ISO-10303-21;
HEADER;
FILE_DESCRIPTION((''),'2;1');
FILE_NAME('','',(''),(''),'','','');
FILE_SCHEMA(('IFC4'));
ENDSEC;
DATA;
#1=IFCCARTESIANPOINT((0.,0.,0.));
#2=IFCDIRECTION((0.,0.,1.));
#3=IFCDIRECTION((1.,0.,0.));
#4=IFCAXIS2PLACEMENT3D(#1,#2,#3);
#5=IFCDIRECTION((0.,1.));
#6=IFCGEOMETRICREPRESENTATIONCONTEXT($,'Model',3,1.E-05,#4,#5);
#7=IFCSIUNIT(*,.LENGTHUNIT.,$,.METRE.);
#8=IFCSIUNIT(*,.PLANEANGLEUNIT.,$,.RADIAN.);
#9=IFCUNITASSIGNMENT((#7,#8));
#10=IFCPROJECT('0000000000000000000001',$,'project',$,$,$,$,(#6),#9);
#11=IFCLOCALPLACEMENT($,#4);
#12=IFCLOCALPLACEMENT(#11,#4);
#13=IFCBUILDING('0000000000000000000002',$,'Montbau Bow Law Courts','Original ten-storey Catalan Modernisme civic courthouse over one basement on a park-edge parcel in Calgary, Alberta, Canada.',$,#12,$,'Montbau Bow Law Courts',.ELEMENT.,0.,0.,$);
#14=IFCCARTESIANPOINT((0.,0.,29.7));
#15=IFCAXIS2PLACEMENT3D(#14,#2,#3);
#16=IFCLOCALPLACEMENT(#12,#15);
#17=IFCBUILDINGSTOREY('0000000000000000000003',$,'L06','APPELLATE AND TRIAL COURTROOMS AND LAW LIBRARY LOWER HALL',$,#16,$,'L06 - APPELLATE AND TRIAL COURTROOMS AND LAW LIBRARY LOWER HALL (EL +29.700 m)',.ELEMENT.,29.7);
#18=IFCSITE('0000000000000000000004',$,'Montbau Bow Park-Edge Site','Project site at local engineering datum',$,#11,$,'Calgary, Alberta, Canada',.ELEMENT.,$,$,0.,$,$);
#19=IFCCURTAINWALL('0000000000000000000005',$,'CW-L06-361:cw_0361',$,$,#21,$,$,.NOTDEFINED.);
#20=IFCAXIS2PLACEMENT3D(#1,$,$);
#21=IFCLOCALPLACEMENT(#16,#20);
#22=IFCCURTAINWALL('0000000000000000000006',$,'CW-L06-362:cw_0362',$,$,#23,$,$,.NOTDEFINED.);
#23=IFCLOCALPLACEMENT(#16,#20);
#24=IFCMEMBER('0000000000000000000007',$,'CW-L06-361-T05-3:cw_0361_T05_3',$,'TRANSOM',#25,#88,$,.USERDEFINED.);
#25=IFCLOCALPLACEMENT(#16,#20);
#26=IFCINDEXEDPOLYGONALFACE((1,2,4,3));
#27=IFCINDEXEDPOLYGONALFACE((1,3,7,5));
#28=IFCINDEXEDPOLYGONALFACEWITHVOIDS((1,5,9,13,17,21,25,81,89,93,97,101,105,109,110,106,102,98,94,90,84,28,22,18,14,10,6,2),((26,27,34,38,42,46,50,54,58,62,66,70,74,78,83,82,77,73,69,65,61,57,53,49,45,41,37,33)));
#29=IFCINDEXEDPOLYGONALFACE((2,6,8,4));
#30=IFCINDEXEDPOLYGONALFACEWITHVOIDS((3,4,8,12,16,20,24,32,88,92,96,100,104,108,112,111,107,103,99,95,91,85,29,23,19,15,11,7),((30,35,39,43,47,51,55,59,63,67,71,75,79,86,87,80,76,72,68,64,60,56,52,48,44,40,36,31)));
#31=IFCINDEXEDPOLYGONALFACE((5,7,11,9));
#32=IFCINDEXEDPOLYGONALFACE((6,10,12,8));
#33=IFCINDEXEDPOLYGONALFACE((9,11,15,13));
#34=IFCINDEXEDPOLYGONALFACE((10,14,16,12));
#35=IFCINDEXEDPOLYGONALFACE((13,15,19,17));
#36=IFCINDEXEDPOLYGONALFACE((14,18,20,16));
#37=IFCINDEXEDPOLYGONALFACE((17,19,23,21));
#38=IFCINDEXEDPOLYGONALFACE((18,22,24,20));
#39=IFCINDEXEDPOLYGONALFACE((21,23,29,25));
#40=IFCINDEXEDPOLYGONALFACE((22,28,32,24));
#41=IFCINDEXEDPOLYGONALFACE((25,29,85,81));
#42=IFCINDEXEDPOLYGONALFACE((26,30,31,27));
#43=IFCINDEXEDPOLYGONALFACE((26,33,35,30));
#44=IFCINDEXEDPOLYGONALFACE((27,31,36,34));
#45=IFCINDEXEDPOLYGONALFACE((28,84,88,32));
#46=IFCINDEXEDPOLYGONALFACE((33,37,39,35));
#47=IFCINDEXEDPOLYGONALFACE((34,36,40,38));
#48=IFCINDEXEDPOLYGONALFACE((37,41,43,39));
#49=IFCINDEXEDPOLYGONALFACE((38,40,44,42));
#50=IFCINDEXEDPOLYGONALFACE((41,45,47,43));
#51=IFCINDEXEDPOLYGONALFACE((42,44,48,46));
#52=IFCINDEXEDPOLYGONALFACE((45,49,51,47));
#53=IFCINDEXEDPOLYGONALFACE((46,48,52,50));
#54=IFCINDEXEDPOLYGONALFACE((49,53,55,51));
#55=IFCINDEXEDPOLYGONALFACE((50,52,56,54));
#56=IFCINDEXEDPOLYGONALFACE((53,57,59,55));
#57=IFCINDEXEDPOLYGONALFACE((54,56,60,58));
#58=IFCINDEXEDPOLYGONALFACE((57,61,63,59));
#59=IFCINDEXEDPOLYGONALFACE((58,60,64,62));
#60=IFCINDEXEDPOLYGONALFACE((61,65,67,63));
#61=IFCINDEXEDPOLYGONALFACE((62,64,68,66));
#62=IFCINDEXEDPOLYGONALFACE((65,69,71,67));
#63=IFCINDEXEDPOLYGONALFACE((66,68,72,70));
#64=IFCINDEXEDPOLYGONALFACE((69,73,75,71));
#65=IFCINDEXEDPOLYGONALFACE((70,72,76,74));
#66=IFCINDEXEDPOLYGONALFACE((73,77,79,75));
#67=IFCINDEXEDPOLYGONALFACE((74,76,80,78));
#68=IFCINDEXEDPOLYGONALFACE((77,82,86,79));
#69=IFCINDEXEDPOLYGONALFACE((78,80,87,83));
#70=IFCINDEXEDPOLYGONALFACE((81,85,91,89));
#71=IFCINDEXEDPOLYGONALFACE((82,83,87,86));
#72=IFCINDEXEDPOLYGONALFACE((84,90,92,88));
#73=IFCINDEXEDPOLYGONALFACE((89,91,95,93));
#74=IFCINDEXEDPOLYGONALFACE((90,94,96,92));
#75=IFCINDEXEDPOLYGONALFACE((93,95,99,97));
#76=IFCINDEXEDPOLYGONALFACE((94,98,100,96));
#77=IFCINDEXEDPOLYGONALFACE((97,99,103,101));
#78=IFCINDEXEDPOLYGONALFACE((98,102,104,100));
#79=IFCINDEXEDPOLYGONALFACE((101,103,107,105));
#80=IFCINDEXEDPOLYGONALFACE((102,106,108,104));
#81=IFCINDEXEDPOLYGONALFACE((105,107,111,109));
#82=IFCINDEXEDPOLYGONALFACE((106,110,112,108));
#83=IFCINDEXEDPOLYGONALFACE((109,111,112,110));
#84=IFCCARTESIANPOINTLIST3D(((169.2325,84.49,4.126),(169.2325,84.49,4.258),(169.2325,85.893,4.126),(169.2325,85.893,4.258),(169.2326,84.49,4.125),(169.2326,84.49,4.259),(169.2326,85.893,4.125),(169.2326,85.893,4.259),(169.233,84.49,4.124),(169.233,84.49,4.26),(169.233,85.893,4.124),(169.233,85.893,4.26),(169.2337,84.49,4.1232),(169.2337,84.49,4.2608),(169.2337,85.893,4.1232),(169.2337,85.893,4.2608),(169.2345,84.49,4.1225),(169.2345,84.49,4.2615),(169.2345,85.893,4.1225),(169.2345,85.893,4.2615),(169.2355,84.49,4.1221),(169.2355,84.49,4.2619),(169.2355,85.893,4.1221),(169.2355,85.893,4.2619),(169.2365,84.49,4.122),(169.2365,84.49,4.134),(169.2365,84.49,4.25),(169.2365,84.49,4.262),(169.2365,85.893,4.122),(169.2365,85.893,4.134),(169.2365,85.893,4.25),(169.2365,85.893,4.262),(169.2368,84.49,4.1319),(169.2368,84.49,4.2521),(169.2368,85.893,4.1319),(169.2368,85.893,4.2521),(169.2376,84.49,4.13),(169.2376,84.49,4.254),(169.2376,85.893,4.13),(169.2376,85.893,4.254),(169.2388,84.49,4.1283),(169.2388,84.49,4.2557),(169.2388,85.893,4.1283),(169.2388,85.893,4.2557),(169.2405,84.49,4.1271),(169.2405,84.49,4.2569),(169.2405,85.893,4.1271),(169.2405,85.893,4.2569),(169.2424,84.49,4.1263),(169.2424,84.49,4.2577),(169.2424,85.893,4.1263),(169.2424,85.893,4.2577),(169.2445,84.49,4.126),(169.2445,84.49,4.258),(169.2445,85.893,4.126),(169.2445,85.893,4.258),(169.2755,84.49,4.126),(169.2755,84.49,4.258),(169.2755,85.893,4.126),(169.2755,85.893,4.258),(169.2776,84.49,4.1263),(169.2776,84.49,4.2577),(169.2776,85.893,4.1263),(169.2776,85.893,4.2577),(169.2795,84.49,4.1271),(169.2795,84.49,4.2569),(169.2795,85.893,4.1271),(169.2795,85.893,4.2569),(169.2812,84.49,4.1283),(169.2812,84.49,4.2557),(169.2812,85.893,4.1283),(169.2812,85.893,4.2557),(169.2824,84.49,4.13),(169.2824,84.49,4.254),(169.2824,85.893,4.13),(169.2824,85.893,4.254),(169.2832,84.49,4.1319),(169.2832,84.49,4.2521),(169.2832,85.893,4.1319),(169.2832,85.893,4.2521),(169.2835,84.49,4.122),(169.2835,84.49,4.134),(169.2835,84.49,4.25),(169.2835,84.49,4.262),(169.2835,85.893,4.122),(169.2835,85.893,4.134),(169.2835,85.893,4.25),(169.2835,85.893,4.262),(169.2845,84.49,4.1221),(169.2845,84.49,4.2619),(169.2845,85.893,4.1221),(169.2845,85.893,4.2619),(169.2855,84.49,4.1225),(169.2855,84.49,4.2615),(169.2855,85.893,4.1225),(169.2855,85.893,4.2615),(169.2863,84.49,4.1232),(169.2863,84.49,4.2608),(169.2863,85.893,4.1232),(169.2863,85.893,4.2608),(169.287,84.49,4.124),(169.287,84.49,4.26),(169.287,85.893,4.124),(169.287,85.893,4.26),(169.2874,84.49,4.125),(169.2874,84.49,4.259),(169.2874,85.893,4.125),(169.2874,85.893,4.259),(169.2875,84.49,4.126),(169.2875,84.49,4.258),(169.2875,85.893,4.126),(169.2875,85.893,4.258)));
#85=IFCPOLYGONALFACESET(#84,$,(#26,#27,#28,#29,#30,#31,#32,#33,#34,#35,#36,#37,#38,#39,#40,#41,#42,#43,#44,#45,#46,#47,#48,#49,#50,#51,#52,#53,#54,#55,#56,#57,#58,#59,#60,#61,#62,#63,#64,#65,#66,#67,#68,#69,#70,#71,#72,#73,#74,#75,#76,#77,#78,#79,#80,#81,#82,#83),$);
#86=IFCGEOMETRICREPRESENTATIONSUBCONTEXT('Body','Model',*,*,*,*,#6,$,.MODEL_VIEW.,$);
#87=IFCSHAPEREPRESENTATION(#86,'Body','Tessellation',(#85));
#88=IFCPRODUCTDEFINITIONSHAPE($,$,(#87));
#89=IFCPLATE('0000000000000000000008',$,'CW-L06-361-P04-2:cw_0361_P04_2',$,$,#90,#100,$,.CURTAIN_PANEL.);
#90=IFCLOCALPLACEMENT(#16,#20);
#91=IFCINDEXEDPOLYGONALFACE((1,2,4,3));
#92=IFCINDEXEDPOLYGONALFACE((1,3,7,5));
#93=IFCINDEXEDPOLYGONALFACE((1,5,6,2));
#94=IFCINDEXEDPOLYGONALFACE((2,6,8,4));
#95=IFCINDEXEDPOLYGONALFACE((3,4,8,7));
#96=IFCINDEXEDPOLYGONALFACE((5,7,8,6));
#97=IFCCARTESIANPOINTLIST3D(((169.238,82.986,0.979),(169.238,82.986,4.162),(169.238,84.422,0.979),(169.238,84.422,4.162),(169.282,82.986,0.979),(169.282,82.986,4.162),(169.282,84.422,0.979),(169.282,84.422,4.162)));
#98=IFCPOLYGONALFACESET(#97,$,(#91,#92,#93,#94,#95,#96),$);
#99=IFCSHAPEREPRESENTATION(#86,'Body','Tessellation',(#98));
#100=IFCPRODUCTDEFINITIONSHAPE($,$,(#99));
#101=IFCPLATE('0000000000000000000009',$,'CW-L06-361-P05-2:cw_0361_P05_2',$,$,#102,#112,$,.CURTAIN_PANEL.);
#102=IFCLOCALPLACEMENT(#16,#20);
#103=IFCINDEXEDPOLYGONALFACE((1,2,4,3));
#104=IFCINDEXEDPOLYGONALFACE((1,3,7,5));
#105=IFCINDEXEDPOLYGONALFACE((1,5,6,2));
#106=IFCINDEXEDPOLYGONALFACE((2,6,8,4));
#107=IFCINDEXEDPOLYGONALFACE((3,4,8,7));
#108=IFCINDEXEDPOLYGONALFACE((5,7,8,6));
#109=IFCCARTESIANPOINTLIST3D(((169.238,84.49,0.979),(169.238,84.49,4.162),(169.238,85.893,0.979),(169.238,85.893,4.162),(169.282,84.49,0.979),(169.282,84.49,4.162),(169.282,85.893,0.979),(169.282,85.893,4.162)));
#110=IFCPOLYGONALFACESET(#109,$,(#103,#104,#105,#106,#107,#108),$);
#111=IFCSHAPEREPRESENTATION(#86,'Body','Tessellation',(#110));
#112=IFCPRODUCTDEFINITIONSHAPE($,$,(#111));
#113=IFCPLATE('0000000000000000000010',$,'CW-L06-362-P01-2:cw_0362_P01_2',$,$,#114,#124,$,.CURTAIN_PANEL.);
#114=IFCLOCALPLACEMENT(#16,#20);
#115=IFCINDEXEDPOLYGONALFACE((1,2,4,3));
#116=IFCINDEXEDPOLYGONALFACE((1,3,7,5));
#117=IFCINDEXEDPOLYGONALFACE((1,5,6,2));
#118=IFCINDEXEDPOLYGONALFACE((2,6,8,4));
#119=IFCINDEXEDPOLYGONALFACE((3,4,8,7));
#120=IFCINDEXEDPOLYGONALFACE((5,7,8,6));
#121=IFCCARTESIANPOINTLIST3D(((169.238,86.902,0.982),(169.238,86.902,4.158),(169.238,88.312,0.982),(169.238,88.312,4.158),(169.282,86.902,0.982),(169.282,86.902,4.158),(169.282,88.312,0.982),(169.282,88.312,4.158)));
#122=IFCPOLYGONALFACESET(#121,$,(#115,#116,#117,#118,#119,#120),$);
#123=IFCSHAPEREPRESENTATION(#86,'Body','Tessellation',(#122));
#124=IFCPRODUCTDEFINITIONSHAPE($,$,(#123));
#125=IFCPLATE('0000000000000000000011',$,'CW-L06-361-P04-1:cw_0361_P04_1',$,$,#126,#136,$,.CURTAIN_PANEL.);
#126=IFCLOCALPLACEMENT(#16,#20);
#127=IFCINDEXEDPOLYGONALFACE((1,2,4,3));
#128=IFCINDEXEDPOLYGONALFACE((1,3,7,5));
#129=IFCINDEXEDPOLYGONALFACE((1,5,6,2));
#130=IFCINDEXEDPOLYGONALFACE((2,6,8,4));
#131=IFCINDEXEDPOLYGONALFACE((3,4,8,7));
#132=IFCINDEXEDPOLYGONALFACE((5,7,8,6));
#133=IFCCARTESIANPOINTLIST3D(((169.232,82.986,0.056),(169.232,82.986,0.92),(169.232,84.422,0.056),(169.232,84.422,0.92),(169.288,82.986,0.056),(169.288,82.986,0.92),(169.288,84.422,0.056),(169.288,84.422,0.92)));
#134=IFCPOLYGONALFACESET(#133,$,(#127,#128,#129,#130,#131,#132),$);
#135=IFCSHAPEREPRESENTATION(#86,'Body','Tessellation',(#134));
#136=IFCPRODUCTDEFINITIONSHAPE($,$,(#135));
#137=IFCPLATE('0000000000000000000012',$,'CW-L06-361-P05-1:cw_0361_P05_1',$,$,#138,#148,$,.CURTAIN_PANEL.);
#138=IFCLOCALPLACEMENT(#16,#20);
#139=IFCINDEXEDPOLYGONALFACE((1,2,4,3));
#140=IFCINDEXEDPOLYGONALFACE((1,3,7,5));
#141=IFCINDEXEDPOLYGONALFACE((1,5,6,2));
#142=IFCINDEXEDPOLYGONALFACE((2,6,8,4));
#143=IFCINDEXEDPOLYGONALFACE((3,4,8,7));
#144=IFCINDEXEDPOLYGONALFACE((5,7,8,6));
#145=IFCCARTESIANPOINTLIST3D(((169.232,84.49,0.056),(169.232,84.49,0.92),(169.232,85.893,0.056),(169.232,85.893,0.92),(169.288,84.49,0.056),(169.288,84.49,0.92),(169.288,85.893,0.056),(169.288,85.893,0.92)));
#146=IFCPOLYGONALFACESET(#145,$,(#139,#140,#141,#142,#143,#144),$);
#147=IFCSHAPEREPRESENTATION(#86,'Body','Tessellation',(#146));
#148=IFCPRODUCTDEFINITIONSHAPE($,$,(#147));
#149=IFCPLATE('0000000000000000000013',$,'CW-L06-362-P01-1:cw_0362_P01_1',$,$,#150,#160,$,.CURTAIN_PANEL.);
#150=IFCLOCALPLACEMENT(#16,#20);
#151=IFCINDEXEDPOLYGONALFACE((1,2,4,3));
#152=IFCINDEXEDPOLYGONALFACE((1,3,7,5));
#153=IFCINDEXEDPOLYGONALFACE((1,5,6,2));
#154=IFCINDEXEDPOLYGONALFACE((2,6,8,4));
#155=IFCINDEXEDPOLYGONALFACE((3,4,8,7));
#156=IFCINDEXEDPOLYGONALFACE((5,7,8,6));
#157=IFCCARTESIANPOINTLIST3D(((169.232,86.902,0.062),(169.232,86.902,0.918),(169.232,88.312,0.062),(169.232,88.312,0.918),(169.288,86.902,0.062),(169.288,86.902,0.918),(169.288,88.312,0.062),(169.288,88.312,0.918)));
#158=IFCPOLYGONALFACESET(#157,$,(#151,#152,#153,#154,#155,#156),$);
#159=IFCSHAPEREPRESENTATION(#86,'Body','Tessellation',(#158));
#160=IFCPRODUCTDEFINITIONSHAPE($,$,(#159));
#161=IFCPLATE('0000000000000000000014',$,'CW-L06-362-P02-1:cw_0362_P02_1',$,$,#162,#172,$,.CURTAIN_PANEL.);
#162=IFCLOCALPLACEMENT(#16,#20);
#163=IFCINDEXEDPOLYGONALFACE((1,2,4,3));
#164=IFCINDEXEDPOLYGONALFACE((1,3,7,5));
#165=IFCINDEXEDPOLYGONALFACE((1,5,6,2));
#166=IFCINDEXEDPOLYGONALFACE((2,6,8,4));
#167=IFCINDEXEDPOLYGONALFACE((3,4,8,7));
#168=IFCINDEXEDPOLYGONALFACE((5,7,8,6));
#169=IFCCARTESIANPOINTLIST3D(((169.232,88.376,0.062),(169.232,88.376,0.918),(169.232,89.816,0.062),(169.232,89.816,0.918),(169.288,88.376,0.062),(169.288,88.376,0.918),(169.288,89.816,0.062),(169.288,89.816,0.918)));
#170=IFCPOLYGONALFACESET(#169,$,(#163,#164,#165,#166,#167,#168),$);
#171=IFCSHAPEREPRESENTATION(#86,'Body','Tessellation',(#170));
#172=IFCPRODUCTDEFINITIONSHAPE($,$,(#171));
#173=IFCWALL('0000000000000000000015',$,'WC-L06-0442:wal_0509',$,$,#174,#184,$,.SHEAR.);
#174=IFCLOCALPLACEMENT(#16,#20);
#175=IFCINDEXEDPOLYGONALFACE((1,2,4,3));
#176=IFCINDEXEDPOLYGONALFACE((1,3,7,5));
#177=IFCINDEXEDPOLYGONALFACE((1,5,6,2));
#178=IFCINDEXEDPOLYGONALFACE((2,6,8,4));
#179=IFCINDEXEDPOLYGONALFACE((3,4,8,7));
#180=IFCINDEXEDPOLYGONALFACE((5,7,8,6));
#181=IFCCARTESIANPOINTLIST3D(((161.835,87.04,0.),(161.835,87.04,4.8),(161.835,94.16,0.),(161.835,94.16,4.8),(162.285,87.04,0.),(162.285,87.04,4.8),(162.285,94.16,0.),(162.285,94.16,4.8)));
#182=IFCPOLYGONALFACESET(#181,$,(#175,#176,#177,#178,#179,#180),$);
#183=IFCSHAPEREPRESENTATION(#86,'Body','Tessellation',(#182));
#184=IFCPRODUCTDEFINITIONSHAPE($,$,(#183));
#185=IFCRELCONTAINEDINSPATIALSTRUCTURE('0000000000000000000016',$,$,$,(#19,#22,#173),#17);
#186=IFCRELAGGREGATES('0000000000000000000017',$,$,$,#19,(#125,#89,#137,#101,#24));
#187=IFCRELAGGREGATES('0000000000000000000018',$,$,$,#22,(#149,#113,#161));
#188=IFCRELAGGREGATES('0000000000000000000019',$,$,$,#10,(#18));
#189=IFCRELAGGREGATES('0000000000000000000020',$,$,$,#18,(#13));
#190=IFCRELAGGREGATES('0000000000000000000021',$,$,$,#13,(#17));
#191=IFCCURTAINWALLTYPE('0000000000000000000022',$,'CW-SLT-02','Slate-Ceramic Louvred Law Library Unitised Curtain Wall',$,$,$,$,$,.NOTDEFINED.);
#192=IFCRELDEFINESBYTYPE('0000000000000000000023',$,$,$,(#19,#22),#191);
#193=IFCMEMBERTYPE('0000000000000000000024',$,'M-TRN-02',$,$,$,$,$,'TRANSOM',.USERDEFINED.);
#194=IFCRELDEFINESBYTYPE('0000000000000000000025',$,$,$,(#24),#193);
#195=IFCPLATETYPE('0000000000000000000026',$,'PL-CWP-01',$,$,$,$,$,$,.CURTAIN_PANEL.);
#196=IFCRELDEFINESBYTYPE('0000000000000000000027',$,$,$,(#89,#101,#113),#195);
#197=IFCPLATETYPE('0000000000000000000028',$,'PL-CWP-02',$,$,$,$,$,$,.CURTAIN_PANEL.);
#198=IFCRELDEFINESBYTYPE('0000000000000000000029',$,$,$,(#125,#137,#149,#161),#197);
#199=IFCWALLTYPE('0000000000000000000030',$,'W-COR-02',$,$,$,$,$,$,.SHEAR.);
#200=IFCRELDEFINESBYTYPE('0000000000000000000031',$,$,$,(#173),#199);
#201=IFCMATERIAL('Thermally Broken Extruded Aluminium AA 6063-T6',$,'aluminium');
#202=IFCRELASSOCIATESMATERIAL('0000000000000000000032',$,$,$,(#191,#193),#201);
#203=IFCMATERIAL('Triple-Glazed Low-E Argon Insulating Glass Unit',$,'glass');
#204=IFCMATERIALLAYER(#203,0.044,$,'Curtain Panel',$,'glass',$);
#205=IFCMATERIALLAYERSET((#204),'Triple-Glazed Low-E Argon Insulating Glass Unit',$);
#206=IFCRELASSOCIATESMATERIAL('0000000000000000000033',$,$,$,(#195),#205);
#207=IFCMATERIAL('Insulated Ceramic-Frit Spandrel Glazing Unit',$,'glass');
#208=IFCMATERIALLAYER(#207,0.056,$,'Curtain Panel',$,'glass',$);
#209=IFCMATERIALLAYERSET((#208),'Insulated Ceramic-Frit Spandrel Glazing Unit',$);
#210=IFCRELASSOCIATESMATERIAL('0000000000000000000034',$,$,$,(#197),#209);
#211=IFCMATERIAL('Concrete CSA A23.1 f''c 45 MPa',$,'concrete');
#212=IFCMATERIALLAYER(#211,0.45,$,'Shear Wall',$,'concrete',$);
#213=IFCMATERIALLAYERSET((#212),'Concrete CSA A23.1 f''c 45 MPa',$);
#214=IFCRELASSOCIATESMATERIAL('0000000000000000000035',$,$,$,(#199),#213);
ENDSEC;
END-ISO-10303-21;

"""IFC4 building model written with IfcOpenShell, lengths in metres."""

from ifc_helpers import new_model, si_unit, direction, frame, frame_2d, origin_with_axes, origin_2d_with_axis, place, context, subcontext, project, spatial, rectangle, hollow_rectangle, extrude, material, layer, layer_set, material_profile, profile_set, type_object, element, aggregate, save


model = new_model("IFC4")

# Units and contexts
model_context = context("Model", 3, precision=1e-05, world=origin_with_axes(), true_north=direction((0.0, 1.0)))
body_context = subcontext(model_context, "Body", "Model", "MODEL_VIEW")
ifc_project = project(units=[si_unit("LENGTHUNIT", "METRE"), si_unit("PLANEANGLEUNIT", "RADIAN")], contexts=[model_context])

# Site, building, storey
site_placement = place(None, origin_with_axes())
site = spatial("IfcSite", under=ifc_project, at=site_placement, Name="Montbau Bow Park-Edge Site", Description="Project site at local engineering datum", LongName="Calgary, Alberta, Canada", CompositionType="ELEMENT", RefElevation=0.0)
building_placement = place(site_placement, origin_with_axes())
building = spatial("IfcBuilding", under=site, at=building_placement, Name="Montbau Bow Law Courts", Description="Original ten-storey Catalan Modernisme civic courthouse over one basement on a park-edge parcel in Calgary, Alberta, Canada.", LongName="Montbau Bow Law Courts", CompositionType="ELEMENT", ElevationOfRefHeight=0.0, ElevationOfTerrain=0.0)
storey_placement = place(building_placement, frame((0.0, 0.0, 29.7), z_axis=(0.0, 0.0, 1.0), x_axis=(1.0, 0.0, 0.0)))
storey = spatial("IfcBuildingStorey", under=building, at=storey_placement, Name="L06", Description="APPELLATE AND TRIAL COURTROOMS AND LAW LIBRARY LOWER HALL", LongName="L06 - APPELLATE AND TRIAL COURTROOMS AND LAW LIBRARY LOWER HALL (EL +29.700 m)", CompositionType="ELEMENT", Elevation=29.7)

# Curtain walls
ifc_material_1 = material(Name="Thermally Broken Extruded Aluminium AA 6063-T6", Category="aluminium")
curtain_wall_type = type_object("IfcCurtainWallType", Name="CW-SLT-02", Description="Slate-Ceramic Louvred Law Library Unitised Curtain Wall", PredefinedType="NOTDEFINED", material=ifc_material_1)
curtain_wall_1_placement = place(None, frame((169.26, 78.44, 29.7), z_axis=(0.0, 0.0, 1.0), x_axis=(1.0, 0.0, 0.0)))
curtain_wall_1 = element("IfcCurtainWall", 1, at=curtain_wall_1_placement, inside=storey, type_object=curtain_wall_type, Name="CW-L06-361:cw_0361", PredefinedType="NOTDEFINED")
curtain_wall_2_placement = place(None, frame((169.26, 86.84, 29.7), z_axis=(0.0, 0.0, 1.0), x_axis=(1.0, 0.0, 0.0)))
curtain_wall_2 = element("IfcCurtainWall", 2, at=curtain_wall_2_placement, inside=storey, type_object=curtain_wall_type, Name="CW-L06-362:cw_0362", PredefinedType="NOTDEFINED")

# Member
ifc_material_profile_1 = material_profile(ifc_material_1, hollow_rectangle(XDim=0.055, YDim=0.14, WallThickness=0.004, InnerFilletRadius=0.008, OuterFilletRadius=0.004, at=origin_2d_with_axis()), Name="CWT-140X55", Category="Main", Priority=0)
ifc_profile_set_1 = profile_set([ifc_material_profile_1], Name="Thermally Broken Extruded Aluminium AA 6063-T6")
member_type_1 = type_object("IfcMemberType", Name="M-TRN-02", ElementType="TRANSOM", PredefinedType="USERDEFINED", material=ifc_profile_set_1)
member_1_placement = place(None, frame((169.26, 84.49, 33.892), z_axis=(0.0, 1.0, 0.0), x_axis=(-1.0, 0.0, 0.0)))
member_1 = element("IfcMember", 3, at=member_1_placement, type_object=member_type_1, Name="CW-L06-361-T05-3:cw_0361_T05_3", ObjectType="TRANSOM", PredefinedType="USERDEFINED", context=body_context, shape_type="SweptSolid", body=[
    extrude(hollow_rectangle(XDim=0.055, YDim=0.14, WallThickness=0.004, InnerFilletRadius=0.008, OuterFilletRadius=0.004, at=origin_2d_with_axis()), origin_with_axes(), (0.0, 0.0, 1.0), 1.403),
])

# Plates
ifc_material_2 = material(Name="Triple-Glazed Low-E Argon Insulating Glass Unit", Category="glass")
ifc_layer_1 = layer(ifc_material_2, 0.044, Name="Curtain Panel", Category="glass")
ifc_layer_set_1 = layer_set([ifc_layer_1], Name="Triple-Glazed Low-E Argon Insulating Glass Unit")
plate_type_1 = type_object("IfcPlateType", Name="PL-CWP-01", PredefinedType="CURTAIN_PANEL", material=ifc_layer_set_1)
plate_1_placement = place(None, frame((169.26, 82.986, 30.679), z_axis=(1.0, 0.0, 0.0), x_axis=(0.0, 1.0, 0.0)))
plate_1 = element("IfcPlate", 4, at=plate_1_placement, type_object=plate_type_1, Name="CW-L06-361-P04-2:cw_0361_P04_2", PredefinedType="CURTAIN_PANEL", context=body_context, shape_type="SweptSolid", body=[
    extrude(rectangle(XDim=1.436, YDim=3.183, at=frame_2d((0.718, 1.5915), x_axis=(1.0, 0.0))), frame((0.0, 0.0, -0.022), z_axis=(0.0, 0.0, 1.0), x_axis=(1.0, 0.0, 0.0)), (0.0, 0.0, 1.0), 0.044),
])
plate_2_placement = place(None, frame((169.26, 84.49, 30.679), z_axis=(1.0, 0.0, 0.0), x_axis=(0.0, 1.0, 0.0)))
plate_2 = element("IfcPlate", 5, at=plate_2_placement, type_object=plate_type_1, Name="CW-L06-361-P05-2:cw_0361_P05_2", PredefinedType="CURTAIN_PANEL", context=body_context, shape_type="SweptSolid", body=[
    extrude(rectangle(XDim=1.403, YDim=3.183, at=frame_2d((0.7015, 1.5915), x_axis=(1.0, 0.0))), frame((0.0, 0.0, -0.022), z_axis=(0.0, 0.0, 1.0), x_axis=(1.0, 0.0, 0.0)), (0.0, 0.0, 1.0), 0.044),
])
plate_3_placement = place(None, frame((169.26, 86.902, 30.682), z_axis=(1.0, 0.0, 0.0), x_axis=(0.0, 1.0, 0.0)))
plate_3 = element("IfcPlate", 6, at=plate_3_placement, type_object=plate_type_1, Name="CW-L06-362-P01-2:cw_0362_P01_2", PredefinedType="CURTAIN_PANEL", context=body_context, shape_type="SweptSolid", body=[
    extrude(rectangle(XDim=1.41, YDim=3.176, at=frame_2d((0.705, 1.588), x_axis=(1.0, 0.0))), frame((0.0, 0.0, -0.022), z_axis=(0.0, 0.0, 1.0), x_axis=(1.0, 0.0, 0.0)), (0.0, 0.0, 1.0), 0.044),
])
ifc_material_3 = material(Name="Insulated Ceramic-Frit Spandrel Glazing Unit", Category="glass")
ifc_layer_2 = layer(ifc_material_3, 0.056, Name="Curtain Panel", Category="glass")
ifc_layer_set_2 = layer_set([ifc_layer_2], Name="Insulated Ceramic-Frit Spandrel Glazing Unit")
plate_type_2 = type_object("IfcPlateType", Name="PL-CWP-02", PredefinedType="CURTAIN_PANEL", material=ifc_layer_set_2)
plate_4_placement = place(None, frame((169.26, 82.986, 29.756), z_axis=(1.0, 0.0, 0.0), x_axis=(0.0, 1.0, 0.0)))
plate_4 = element("IfcPlate", 7, at=plate_4_placement, type_object=plate_type_2, Name="CW-L06-361-P04-1:cw_0361_P04_1", PredefinedType="CURTAIN_PANEL", context=body_context, shape_type="SweptSolid", body=[
    extrude(rectangle(XDim=1.436, YDim=0.864, at=frame_2d((0.718, 0.432), x_axis=(1.0, 0.0))), frame((0.0, 0.0, -0.028), z_axis=(0.0, 0.0, 1.0), x_axis=(1.0, 0.0, 0.0)), (0.0, 0.0, 1.0), 0.056),
])
plate_5_placement = place(None, frame((169.26, 84.49, 29.756), z_axis=(1.0, 0.0, 0.0), x_axis=(0.0, 1.0, 0.0)))
plate_5 = element("IfcPlate", 8, at=plate_5_placement, type_object=plate_type_2, Name="CW-L06-361-P05-1:cw_0361_P05_1", PredefinedType="CURTAIN_PANEL", context=body_context, shape_type="SweptSolid", body=[
    extrude(rectangle(XDim=1.403, YDim=0.864, at=frame_2d((0.7015, 0.432), x_axis=(1.0, 0.0))), frame((0.0, 0.0, -0.028), z_axis=(0.0, 0.0, 1.0), x_axis=(1.0, 0.0, 0.0)), (0.0, 0.0, 1.0), 0.056),
])
aggregate(curtain_wall_1, [plate_4, plate_1, plate_5, plate_2, member_1])
plate_6_placement = place(None, frame((169.26, 86.902, 29.762), z_axis=(1.0, 0.0, 0.0), x_axis=(0.0, 1.0, 0.0)))
plate_6 = element("IfcPlate", 9, at=plate_6_placement, type_object=plate_type_2, Name="CW-L06-362-P01-1:cw_0362_P01_1", PredefinedType="CURTAIN_PANEL", context=body_context, shape_type="SweptSolid", body=[
    extrude(rectangle(XDim=1.41, YDim=0.856, at=frame_2d((0.705, 0.428), x_axis=(1.0, 0.0))), frame((0.0, 0.0, -0.028), z_axis=(0.0, 0.0, 1.0), x_axis=(1.0, 0.0, 0.0)), (0.0, 0.0, 1.0), 0.056),
])
plate_7_placement = place(None, frame((169.26, 88.376, 29.762), z_axis=(1.0, 0.0, 0.0), x_axis=(0.0, 1.0, 0.0)))
plate_7 = element("IfcPlate", 10, at=plate_7_placement, type_object=plate_type_2, Name="CW-L06-362-P02-1:cw_0362_P02_1", PredefinedType="CURTAIN_PANEL", context=body_context, shape_type="SweptSolid", body=[
    extrude(rectangle(XDim=1.44, YDim=0.856, at=frame_2d((0.72, 0.428), x_axis=(1.0, 0.0))), frame((0.0, 0.0, -0.028), z_axis=(0.0, 0.0, 1.0), x_axis=(1.0, 0.0, 0.0)), (0.0, 0.0, 1.0), 0.056),
])
aggregate(curtain_wall_2, [plate_6, plate_3, plate_7])

# Wall
ifc_material_4 = material(Name="Concrete CSA A23.1 f'c 45 MPa", Category="concrete")
ifc_layer_3 = layer(ifc_material_4, 0.45, Name="Shear Wall", Category="concrete")
ifc_layer_set_3 = layer_set([ifc_layer_3], Name="Concrete CSA A23.1 f'c 45 MPa")
wall_type = type_object("IfcWallType", Name="W-COR-02", PredefinedType="SHEAR", material=ifc_layer_set_3)
wall_placement = place(None, frame((162.06, 87.04, 29.7), z_axis=(0.0, 0.0, 1.0), x_axis=(0.0, 1.0, 0.0)))
element("IfcWall", 11, at=wall_placement, inside=storey, type_object=wall_type, Name="WC-L06-0442:wal_0509", PredefinedType="SHEAR", context=body_context, shape_type="SweptSolid", body=[
    extrude(rectangle(XDim=7.12, YDim=0.45, at=frame_2d((3.56, 0.0), x_axis=(1.0, 0.0))), origin_with_axes(), (0.0, 0.0, 1.0), 4.8),
])

save(model, "model.ifc")
